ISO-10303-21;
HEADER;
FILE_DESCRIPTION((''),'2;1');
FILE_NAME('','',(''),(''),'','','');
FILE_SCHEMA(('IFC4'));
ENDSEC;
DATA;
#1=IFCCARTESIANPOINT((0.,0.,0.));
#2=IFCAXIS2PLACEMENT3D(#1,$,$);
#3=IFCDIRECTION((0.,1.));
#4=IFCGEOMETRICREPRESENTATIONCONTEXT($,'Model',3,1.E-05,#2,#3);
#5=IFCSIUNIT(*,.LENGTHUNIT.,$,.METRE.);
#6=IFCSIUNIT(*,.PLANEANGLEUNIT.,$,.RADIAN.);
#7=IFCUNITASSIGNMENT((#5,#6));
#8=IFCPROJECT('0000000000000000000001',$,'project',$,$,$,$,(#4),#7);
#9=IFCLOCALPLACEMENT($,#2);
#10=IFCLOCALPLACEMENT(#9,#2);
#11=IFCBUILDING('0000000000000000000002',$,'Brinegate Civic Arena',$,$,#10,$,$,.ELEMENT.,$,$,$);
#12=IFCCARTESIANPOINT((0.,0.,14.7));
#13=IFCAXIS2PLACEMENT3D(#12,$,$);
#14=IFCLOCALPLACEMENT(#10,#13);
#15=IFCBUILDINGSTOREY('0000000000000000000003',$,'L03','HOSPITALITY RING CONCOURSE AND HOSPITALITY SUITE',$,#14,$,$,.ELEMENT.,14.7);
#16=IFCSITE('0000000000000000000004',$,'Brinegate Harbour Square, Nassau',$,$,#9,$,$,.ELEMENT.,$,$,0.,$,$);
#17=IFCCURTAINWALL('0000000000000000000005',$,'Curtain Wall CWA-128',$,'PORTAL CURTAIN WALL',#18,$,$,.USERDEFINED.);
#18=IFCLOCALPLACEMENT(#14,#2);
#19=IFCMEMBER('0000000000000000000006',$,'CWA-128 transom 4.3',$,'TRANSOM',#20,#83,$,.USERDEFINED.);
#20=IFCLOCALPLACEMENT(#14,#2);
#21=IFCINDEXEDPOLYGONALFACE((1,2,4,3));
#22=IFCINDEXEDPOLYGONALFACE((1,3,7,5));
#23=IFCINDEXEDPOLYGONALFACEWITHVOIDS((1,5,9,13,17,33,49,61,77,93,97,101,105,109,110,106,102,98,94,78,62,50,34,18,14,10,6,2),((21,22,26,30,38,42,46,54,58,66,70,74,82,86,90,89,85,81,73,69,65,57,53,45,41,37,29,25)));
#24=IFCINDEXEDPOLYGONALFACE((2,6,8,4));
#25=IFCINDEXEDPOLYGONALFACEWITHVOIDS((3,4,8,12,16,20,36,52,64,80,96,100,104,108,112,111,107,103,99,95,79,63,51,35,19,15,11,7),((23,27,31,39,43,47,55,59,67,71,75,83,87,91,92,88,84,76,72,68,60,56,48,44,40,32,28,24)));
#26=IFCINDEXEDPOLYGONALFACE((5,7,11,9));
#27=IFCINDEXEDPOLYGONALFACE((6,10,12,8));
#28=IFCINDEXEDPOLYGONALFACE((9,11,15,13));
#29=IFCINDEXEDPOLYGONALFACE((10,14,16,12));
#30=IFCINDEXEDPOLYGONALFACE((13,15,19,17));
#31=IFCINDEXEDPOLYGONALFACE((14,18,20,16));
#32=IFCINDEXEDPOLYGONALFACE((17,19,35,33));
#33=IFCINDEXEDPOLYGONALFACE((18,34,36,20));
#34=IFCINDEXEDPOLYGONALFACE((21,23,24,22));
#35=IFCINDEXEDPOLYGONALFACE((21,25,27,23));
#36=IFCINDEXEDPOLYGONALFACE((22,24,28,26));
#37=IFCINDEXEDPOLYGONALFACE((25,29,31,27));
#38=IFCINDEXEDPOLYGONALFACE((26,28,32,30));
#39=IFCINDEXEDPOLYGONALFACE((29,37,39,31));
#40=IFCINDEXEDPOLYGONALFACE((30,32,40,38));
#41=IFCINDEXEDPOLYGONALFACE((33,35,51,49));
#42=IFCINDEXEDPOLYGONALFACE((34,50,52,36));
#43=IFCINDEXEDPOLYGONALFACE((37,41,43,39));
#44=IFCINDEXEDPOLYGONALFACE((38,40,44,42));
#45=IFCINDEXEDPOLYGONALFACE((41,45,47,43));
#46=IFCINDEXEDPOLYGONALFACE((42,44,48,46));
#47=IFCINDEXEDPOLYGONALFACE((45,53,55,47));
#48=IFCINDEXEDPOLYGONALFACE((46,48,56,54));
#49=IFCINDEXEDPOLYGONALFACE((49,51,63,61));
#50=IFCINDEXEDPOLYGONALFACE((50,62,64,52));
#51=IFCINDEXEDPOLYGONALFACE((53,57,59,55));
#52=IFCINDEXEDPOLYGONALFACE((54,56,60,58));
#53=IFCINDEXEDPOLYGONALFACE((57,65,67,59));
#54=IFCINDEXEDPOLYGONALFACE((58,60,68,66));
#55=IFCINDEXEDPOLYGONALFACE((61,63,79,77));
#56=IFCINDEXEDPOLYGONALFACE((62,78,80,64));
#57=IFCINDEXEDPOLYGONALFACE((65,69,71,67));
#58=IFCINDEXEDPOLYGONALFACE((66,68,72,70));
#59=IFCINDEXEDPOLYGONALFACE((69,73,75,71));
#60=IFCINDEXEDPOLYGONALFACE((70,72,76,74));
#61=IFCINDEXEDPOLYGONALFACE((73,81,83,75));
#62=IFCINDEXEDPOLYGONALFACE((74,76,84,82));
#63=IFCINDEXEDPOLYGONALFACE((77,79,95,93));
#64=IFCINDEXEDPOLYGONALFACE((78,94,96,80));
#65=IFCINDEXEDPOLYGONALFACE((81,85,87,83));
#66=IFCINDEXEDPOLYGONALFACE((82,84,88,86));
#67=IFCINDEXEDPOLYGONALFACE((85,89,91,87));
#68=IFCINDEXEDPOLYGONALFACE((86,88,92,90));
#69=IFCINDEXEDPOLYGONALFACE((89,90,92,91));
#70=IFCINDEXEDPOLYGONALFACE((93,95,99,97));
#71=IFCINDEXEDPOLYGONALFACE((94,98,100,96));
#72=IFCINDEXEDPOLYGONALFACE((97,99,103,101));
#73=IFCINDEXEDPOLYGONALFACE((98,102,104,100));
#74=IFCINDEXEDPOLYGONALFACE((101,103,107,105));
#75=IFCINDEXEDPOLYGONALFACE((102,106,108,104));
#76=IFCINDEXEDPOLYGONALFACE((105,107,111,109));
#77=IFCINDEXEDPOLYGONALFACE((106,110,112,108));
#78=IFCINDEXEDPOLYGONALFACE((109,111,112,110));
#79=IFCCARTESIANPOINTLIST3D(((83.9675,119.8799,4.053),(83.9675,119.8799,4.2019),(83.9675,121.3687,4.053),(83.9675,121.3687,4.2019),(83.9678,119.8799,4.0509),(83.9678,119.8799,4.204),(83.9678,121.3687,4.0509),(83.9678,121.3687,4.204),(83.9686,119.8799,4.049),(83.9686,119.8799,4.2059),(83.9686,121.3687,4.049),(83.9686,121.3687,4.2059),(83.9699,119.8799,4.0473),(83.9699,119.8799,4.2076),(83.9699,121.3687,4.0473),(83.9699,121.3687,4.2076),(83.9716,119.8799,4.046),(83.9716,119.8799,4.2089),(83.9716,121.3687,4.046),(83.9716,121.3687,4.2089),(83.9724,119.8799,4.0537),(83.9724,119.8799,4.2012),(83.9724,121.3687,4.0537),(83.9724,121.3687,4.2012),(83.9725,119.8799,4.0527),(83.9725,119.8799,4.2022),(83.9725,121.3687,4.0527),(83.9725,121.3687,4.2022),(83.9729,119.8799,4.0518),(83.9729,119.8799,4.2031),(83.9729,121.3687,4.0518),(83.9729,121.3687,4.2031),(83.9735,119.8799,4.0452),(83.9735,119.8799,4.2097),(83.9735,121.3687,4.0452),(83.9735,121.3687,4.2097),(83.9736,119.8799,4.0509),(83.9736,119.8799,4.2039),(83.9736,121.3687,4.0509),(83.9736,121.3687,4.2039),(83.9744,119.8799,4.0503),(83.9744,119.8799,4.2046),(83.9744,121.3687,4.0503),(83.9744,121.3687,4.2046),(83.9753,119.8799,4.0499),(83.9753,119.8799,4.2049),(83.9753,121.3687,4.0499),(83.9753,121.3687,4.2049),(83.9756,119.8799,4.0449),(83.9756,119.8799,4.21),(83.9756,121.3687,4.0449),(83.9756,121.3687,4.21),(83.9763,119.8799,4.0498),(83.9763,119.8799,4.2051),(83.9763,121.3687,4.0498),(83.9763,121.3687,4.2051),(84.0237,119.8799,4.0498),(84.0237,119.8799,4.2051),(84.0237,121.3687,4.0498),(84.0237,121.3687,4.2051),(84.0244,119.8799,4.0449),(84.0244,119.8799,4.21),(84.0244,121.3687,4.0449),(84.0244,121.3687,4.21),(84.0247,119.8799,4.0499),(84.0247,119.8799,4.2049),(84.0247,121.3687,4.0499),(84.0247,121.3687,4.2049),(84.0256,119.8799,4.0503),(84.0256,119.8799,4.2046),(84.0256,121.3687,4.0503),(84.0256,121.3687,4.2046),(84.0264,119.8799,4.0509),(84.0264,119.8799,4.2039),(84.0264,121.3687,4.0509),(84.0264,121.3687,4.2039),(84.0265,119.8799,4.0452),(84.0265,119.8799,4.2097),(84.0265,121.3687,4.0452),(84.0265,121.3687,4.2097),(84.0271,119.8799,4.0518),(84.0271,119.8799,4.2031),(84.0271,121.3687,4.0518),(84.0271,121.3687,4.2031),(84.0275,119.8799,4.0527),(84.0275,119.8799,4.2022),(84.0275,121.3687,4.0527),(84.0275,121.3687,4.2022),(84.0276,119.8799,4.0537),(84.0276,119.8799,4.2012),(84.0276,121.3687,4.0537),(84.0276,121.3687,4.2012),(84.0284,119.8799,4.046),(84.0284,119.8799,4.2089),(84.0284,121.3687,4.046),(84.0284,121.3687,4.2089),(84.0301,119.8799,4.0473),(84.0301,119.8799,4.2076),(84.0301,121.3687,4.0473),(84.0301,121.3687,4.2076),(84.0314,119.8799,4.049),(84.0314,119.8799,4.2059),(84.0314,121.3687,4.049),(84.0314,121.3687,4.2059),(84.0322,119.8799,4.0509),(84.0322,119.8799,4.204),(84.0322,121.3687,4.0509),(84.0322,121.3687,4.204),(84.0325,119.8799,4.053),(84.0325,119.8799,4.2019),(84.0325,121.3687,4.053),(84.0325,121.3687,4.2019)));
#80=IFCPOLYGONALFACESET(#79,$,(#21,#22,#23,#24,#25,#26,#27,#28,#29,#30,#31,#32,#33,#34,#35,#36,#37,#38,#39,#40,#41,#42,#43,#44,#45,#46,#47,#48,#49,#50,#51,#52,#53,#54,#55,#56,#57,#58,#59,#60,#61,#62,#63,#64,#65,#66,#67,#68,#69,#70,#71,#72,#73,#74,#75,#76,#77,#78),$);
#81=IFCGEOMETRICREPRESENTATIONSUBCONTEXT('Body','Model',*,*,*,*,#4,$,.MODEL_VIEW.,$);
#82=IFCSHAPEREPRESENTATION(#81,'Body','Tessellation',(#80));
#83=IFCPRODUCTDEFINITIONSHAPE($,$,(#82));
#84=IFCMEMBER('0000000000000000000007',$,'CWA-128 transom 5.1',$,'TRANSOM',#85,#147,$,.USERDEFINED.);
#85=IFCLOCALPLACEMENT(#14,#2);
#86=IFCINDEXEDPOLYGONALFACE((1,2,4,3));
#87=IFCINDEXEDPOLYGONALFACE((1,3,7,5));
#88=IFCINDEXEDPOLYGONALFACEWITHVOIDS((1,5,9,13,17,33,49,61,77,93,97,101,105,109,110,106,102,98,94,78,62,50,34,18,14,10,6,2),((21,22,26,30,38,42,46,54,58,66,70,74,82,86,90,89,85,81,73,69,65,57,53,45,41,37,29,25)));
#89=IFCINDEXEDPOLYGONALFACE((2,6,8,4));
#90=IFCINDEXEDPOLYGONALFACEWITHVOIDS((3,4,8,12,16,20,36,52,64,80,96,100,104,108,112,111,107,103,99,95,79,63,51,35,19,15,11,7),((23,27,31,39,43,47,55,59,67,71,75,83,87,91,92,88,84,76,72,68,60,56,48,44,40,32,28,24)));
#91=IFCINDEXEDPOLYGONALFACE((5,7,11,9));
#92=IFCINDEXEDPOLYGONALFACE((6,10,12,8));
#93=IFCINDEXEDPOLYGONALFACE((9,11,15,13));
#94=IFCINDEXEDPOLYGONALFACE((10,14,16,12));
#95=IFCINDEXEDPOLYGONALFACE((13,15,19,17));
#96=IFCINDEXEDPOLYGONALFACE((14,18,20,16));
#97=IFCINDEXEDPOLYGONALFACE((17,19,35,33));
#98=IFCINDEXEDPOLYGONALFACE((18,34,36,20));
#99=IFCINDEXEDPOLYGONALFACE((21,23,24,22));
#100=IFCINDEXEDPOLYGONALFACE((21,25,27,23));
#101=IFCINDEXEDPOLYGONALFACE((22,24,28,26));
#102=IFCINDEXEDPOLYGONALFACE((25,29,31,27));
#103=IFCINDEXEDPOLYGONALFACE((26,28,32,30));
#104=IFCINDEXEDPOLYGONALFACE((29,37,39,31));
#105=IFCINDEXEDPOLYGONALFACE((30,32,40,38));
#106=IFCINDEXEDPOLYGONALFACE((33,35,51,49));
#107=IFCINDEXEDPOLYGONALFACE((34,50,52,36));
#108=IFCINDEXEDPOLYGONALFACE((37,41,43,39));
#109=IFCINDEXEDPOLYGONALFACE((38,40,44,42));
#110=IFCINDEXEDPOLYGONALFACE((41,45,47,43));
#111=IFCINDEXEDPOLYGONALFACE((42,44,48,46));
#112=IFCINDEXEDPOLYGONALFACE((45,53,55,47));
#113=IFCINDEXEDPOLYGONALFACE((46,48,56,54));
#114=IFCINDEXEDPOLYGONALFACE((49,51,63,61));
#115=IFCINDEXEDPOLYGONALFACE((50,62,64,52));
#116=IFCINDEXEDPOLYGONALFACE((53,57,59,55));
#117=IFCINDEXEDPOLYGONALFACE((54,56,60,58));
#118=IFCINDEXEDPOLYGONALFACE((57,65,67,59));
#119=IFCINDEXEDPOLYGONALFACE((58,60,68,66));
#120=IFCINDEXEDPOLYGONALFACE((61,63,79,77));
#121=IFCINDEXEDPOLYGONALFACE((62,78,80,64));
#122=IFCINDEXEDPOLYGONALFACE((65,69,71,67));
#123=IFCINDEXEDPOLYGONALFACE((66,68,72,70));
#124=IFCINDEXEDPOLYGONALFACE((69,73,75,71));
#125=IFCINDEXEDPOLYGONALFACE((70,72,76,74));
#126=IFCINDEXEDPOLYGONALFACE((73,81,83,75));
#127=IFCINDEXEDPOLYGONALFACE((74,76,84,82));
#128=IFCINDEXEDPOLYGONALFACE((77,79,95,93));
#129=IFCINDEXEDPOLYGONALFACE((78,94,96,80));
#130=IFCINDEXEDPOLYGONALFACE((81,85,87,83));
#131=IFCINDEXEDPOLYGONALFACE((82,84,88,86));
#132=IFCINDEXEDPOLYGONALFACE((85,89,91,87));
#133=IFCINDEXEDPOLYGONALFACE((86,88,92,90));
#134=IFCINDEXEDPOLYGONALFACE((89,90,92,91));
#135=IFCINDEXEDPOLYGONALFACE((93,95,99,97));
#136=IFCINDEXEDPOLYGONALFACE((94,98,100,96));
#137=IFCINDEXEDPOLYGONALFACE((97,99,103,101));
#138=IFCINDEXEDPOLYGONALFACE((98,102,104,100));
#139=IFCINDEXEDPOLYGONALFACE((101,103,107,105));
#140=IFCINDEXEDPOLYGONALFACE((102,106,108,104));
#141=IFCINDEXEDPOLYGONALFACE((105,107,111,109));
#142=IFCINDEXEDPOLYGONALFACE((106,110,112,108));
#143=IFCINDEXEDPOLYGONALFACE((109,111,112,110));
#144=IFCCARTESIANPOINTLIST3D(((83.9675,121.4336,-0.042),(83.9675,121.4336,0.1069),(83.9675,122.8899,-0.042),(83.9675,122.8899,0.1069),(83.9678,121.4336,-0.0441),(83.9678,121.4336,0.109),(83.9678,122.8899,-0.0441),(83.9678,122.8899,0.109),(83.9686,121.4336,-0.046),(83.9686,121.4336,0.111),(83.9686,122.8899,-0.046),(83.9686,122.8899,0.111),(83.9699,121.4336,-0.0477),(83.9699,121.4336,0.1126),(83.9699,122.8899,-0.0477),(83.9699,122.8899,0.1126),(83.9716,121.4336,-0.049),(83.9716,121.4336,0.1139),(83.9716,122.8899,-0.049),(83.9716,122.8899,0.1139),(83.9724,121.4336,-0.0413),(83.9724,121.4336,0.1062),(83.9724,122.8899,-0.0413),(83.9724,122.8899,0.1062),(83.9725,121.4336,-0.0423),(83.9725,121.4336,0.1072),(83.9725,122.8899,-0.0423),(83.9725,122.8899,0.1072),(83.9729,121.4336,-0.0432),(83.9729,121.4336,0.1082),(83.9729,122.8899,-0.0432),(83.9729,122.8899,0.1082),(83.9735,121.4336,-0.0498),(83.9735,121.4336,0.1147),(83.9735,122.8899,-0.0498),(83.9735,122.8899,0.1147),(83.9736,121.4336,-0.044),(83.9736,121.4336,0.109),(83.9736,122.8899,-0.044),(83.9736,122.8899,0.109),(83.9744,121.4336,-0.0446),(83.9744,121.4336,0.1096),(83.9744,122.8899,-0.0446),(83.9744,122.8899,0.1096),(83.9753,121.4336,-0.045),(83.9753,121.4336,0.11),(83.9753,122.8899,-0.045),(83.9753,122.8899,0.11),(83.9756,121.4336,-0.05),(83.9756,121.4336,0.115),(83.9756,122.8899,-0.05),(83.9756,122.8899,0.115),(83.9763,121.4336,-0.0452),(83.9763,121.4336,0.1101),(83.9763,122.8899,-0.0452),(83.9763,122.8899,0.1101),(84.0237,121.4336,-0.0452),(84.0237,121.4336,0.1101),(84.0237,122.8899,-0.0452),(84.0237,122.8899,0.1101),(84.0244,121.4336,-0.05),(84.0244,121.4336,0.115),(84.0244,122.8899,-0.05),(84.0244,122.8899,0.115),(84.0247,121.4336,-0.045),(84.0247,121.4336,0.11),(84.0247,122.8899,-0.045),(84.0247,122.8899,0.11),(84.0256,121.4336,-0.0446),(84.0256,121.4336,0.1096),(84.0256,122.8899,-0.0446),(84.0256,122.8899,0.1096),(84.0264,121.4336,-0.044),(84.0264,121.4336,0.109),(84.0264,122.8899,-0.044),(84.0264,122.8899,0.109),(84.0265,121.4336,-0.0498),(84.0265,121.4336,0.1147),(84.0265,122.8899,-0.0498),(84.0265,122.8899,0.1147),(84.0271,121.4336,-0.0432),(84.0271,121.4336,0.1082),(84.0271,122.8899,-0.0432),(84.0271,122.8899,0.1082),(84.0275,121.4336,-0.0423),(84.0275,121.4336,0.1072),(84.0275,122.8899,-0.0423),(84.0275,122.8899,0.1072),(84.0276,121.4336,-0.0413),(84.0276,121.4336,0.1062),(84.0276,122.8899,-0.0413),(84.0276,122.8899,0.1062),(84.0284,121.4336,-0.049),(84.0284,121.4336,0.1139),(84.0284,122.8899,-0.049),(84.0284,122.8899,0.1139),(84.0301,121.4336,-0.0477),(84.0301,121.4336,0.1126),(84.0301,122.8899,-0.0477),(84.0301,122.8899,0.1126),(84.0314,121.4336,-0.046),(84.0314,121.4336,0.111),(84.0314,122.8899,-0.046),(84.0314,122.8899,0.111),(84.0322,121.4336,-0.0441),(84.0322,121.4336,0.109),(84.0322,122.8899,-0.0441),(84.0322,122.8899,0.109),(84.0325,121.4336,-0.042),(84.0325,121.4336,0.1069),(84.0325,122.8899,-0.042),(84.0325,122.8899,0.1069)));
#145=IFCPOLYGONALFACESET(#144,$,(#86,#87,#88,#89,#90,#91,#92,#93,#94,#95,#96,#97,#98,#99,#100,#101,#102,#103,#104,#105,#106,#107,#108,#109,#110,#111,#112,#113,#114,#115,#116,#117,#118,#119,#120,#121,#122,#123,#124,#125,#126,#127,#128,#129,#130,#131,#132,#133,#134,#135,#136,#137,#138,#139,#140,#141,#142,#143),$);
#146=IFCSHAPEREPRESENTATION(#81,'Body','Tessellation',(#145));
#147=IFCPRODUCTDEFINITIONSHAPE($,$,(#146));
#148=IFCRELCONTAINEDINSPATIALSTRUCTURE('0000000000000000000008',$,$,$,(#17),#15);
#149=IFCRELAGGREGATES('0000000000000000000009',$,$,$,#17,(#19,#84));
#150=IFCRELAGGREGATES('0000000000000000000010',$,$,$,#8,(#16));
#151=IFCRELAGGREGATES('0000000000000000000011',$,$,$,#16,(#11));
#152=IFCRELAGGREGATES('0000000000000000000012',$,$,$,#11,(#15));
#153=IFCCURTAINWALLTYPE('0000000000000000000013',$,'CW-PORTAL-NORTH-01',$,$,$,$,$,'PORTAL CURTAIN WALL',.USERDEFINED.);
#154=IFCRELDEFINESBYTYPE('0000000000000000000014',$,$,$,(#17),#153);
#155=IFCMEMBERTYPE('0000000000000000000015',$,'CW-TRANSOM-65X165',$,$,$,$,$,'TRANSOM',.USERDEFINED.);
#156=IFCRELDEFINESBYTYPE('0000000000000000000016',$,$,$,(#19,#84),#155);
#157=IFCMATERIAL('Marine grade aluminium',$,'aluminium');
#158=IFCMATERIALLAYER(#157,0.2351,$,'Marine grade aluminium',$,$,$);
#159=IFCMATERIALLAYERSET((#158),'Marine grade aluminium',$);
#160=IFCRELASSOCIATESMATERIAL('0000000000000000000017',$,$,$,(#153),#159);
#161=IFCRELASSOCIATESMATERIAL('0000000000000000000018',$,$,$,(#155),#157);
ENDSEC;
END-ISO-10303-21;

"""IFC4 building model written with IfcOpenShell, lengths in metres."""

from ifc_helpers import new_model, si_unit, direction, frame, origin, origin_2d, place, context, subcontext, project, spatial, hollow_rectangle, extrude, material, layer, layer_set, material_profile, profile_set, type_object, element, aggregate, save


model = new_model("IFC4")

# Units and contexts
model_context = context("Model", 3, precision=1e-05, world=origin(), true_north=direction((0.0, 1.0)))
body_context = subcontext(model_context, "Body", "Model", "MODEL_VIEW")
ifc_project = project(units=[si_unit("LENGTHUNIT", "METRE"), si_unit("PLANEANGLEUNIT", "RADIAN")], contexts=[model_context])

# Site, building, storey
site_placement = place(None, origin())
site = spatial("IfcSite", under=ifc_project, at=site_placement, Name="Brinegate Harbour Square, Nassau", CompositionType="ELEMENT", RefElevation=0.0)
building_placement = place(site_placement, origin())
building = spatial("IfcBuilding", under=site, at=building_placement, Name="Brinegate Civic Arena", CompositionType="ELEMENT")
storey_placement = place(building_placement, frame((0.0, 0.0, 14.7)))
storey = spatial("IfcBuildingStorey", under=building, at=storey_placement, Name="L03", Description="HOSPITALITY RING CONCOURSE AND HOSPITALITY SUITE", CompositionType="ELEMENT", Elevation=14.7)

# Curtain wall, members
ifc_material_1 = material(Name="Marine grade aluminium", Category="aluminium")
ifc_layer_1 = layer(ifc_material_1, 0.2351, Name="Marine grade aluminium")
ifc_layer_set_1 = layer_set([ifc_layer_1], Name="Marine grade aluminium")
curtain_wall_type = type_object("IfcCurtainWallType", Name="CW-PORTAL-NORTH-01", ElementType="PORTAL CURTAIN WALL", PredefinedType="USERDEFINED", material=ifc_layer_set_1)
curtain_wall_placement = place(storey_placement, origin())
curtain_wall = element("IfcCurtainWall", 1, at=curtain_wall_placement, inside=storey, type_object=curtain_wall_type, Name="Curtain Wall CWA-128", ObjectType="PORTAL CURTAIN WALL", PredefinedType="USERDEFINED")
ifc_material_profile_1 = material_profile(ifc_material_1, hollow_rectangle(XDim=0.0649, YDim=0.165, WallThickness=0.0049, InnerFilletRadius=0.0039, OuterFilletRadius=0.0081, at=origin_2d()), Name="TRN65X165")
ifc_profile_set_1 = profile_set([ifc_material_profile_1], Name="Marine grade aluminium")
member_type_1 = type_object("IfcMemberType", Name="CW-TRANSOM-65X165", ElementType="TRANSOM", PredefinedType="USERDEFINED", material=ifc_profile_set_1)
member_1_placement = place(storey_placement, frame((84.0, 119.8799, 4.1274), z_axis=(0.0, 1.0, 0.0), x_axis=(-1.0, 0.0, 0.0)))
member_1 = element("IfcMember", 2, at=member_1_placement, type_object=member_type_1, Name="CWA-128 transom 4.3", ObjectType="TRANSOM", PredefinedType="USERDEFINED", context=body_context, shape_type="SweptSolid", body=[
    extrude(hollow_rectangle(XDim=0.0649, YDim=0.165, WallThickness=0.0049, InnerFilletRadius=0.0039, OuterFilletRadius=0.0081, at=origin_2d()), origin(), (0.0, 0.0, 1.0), 1.4888),
])
member_2_placement = place(storey_placement, frame((84.0, 121.4336, 0.0325), z_axis=(0.0, 1.0, 0.0), x_axis=(-1.0, 0.0, 0.0)))
member_2 = element("IfcMember", 3, at=member_2_placement, type_object=member_type_1, Name="CWA-128 transom 5.1", ObjectType="TRANSOM", PredefinedType="USERDEFINED", context=body_context, shape_type="SweptSolid", body=[
    extrude(hollow_rectangle(XDim=0.0649, YDim=0.165, WallThickness=0.0049, InnerFilletRadius=0.0039, OuterFilletRadius=0.0081, at=origin_2d()), origin(), (0.0, 0.0, 1.0), 1.4563),
])

aggregate(curtain_wall, [member_1, member_2])

save(model, "model.ifc")
